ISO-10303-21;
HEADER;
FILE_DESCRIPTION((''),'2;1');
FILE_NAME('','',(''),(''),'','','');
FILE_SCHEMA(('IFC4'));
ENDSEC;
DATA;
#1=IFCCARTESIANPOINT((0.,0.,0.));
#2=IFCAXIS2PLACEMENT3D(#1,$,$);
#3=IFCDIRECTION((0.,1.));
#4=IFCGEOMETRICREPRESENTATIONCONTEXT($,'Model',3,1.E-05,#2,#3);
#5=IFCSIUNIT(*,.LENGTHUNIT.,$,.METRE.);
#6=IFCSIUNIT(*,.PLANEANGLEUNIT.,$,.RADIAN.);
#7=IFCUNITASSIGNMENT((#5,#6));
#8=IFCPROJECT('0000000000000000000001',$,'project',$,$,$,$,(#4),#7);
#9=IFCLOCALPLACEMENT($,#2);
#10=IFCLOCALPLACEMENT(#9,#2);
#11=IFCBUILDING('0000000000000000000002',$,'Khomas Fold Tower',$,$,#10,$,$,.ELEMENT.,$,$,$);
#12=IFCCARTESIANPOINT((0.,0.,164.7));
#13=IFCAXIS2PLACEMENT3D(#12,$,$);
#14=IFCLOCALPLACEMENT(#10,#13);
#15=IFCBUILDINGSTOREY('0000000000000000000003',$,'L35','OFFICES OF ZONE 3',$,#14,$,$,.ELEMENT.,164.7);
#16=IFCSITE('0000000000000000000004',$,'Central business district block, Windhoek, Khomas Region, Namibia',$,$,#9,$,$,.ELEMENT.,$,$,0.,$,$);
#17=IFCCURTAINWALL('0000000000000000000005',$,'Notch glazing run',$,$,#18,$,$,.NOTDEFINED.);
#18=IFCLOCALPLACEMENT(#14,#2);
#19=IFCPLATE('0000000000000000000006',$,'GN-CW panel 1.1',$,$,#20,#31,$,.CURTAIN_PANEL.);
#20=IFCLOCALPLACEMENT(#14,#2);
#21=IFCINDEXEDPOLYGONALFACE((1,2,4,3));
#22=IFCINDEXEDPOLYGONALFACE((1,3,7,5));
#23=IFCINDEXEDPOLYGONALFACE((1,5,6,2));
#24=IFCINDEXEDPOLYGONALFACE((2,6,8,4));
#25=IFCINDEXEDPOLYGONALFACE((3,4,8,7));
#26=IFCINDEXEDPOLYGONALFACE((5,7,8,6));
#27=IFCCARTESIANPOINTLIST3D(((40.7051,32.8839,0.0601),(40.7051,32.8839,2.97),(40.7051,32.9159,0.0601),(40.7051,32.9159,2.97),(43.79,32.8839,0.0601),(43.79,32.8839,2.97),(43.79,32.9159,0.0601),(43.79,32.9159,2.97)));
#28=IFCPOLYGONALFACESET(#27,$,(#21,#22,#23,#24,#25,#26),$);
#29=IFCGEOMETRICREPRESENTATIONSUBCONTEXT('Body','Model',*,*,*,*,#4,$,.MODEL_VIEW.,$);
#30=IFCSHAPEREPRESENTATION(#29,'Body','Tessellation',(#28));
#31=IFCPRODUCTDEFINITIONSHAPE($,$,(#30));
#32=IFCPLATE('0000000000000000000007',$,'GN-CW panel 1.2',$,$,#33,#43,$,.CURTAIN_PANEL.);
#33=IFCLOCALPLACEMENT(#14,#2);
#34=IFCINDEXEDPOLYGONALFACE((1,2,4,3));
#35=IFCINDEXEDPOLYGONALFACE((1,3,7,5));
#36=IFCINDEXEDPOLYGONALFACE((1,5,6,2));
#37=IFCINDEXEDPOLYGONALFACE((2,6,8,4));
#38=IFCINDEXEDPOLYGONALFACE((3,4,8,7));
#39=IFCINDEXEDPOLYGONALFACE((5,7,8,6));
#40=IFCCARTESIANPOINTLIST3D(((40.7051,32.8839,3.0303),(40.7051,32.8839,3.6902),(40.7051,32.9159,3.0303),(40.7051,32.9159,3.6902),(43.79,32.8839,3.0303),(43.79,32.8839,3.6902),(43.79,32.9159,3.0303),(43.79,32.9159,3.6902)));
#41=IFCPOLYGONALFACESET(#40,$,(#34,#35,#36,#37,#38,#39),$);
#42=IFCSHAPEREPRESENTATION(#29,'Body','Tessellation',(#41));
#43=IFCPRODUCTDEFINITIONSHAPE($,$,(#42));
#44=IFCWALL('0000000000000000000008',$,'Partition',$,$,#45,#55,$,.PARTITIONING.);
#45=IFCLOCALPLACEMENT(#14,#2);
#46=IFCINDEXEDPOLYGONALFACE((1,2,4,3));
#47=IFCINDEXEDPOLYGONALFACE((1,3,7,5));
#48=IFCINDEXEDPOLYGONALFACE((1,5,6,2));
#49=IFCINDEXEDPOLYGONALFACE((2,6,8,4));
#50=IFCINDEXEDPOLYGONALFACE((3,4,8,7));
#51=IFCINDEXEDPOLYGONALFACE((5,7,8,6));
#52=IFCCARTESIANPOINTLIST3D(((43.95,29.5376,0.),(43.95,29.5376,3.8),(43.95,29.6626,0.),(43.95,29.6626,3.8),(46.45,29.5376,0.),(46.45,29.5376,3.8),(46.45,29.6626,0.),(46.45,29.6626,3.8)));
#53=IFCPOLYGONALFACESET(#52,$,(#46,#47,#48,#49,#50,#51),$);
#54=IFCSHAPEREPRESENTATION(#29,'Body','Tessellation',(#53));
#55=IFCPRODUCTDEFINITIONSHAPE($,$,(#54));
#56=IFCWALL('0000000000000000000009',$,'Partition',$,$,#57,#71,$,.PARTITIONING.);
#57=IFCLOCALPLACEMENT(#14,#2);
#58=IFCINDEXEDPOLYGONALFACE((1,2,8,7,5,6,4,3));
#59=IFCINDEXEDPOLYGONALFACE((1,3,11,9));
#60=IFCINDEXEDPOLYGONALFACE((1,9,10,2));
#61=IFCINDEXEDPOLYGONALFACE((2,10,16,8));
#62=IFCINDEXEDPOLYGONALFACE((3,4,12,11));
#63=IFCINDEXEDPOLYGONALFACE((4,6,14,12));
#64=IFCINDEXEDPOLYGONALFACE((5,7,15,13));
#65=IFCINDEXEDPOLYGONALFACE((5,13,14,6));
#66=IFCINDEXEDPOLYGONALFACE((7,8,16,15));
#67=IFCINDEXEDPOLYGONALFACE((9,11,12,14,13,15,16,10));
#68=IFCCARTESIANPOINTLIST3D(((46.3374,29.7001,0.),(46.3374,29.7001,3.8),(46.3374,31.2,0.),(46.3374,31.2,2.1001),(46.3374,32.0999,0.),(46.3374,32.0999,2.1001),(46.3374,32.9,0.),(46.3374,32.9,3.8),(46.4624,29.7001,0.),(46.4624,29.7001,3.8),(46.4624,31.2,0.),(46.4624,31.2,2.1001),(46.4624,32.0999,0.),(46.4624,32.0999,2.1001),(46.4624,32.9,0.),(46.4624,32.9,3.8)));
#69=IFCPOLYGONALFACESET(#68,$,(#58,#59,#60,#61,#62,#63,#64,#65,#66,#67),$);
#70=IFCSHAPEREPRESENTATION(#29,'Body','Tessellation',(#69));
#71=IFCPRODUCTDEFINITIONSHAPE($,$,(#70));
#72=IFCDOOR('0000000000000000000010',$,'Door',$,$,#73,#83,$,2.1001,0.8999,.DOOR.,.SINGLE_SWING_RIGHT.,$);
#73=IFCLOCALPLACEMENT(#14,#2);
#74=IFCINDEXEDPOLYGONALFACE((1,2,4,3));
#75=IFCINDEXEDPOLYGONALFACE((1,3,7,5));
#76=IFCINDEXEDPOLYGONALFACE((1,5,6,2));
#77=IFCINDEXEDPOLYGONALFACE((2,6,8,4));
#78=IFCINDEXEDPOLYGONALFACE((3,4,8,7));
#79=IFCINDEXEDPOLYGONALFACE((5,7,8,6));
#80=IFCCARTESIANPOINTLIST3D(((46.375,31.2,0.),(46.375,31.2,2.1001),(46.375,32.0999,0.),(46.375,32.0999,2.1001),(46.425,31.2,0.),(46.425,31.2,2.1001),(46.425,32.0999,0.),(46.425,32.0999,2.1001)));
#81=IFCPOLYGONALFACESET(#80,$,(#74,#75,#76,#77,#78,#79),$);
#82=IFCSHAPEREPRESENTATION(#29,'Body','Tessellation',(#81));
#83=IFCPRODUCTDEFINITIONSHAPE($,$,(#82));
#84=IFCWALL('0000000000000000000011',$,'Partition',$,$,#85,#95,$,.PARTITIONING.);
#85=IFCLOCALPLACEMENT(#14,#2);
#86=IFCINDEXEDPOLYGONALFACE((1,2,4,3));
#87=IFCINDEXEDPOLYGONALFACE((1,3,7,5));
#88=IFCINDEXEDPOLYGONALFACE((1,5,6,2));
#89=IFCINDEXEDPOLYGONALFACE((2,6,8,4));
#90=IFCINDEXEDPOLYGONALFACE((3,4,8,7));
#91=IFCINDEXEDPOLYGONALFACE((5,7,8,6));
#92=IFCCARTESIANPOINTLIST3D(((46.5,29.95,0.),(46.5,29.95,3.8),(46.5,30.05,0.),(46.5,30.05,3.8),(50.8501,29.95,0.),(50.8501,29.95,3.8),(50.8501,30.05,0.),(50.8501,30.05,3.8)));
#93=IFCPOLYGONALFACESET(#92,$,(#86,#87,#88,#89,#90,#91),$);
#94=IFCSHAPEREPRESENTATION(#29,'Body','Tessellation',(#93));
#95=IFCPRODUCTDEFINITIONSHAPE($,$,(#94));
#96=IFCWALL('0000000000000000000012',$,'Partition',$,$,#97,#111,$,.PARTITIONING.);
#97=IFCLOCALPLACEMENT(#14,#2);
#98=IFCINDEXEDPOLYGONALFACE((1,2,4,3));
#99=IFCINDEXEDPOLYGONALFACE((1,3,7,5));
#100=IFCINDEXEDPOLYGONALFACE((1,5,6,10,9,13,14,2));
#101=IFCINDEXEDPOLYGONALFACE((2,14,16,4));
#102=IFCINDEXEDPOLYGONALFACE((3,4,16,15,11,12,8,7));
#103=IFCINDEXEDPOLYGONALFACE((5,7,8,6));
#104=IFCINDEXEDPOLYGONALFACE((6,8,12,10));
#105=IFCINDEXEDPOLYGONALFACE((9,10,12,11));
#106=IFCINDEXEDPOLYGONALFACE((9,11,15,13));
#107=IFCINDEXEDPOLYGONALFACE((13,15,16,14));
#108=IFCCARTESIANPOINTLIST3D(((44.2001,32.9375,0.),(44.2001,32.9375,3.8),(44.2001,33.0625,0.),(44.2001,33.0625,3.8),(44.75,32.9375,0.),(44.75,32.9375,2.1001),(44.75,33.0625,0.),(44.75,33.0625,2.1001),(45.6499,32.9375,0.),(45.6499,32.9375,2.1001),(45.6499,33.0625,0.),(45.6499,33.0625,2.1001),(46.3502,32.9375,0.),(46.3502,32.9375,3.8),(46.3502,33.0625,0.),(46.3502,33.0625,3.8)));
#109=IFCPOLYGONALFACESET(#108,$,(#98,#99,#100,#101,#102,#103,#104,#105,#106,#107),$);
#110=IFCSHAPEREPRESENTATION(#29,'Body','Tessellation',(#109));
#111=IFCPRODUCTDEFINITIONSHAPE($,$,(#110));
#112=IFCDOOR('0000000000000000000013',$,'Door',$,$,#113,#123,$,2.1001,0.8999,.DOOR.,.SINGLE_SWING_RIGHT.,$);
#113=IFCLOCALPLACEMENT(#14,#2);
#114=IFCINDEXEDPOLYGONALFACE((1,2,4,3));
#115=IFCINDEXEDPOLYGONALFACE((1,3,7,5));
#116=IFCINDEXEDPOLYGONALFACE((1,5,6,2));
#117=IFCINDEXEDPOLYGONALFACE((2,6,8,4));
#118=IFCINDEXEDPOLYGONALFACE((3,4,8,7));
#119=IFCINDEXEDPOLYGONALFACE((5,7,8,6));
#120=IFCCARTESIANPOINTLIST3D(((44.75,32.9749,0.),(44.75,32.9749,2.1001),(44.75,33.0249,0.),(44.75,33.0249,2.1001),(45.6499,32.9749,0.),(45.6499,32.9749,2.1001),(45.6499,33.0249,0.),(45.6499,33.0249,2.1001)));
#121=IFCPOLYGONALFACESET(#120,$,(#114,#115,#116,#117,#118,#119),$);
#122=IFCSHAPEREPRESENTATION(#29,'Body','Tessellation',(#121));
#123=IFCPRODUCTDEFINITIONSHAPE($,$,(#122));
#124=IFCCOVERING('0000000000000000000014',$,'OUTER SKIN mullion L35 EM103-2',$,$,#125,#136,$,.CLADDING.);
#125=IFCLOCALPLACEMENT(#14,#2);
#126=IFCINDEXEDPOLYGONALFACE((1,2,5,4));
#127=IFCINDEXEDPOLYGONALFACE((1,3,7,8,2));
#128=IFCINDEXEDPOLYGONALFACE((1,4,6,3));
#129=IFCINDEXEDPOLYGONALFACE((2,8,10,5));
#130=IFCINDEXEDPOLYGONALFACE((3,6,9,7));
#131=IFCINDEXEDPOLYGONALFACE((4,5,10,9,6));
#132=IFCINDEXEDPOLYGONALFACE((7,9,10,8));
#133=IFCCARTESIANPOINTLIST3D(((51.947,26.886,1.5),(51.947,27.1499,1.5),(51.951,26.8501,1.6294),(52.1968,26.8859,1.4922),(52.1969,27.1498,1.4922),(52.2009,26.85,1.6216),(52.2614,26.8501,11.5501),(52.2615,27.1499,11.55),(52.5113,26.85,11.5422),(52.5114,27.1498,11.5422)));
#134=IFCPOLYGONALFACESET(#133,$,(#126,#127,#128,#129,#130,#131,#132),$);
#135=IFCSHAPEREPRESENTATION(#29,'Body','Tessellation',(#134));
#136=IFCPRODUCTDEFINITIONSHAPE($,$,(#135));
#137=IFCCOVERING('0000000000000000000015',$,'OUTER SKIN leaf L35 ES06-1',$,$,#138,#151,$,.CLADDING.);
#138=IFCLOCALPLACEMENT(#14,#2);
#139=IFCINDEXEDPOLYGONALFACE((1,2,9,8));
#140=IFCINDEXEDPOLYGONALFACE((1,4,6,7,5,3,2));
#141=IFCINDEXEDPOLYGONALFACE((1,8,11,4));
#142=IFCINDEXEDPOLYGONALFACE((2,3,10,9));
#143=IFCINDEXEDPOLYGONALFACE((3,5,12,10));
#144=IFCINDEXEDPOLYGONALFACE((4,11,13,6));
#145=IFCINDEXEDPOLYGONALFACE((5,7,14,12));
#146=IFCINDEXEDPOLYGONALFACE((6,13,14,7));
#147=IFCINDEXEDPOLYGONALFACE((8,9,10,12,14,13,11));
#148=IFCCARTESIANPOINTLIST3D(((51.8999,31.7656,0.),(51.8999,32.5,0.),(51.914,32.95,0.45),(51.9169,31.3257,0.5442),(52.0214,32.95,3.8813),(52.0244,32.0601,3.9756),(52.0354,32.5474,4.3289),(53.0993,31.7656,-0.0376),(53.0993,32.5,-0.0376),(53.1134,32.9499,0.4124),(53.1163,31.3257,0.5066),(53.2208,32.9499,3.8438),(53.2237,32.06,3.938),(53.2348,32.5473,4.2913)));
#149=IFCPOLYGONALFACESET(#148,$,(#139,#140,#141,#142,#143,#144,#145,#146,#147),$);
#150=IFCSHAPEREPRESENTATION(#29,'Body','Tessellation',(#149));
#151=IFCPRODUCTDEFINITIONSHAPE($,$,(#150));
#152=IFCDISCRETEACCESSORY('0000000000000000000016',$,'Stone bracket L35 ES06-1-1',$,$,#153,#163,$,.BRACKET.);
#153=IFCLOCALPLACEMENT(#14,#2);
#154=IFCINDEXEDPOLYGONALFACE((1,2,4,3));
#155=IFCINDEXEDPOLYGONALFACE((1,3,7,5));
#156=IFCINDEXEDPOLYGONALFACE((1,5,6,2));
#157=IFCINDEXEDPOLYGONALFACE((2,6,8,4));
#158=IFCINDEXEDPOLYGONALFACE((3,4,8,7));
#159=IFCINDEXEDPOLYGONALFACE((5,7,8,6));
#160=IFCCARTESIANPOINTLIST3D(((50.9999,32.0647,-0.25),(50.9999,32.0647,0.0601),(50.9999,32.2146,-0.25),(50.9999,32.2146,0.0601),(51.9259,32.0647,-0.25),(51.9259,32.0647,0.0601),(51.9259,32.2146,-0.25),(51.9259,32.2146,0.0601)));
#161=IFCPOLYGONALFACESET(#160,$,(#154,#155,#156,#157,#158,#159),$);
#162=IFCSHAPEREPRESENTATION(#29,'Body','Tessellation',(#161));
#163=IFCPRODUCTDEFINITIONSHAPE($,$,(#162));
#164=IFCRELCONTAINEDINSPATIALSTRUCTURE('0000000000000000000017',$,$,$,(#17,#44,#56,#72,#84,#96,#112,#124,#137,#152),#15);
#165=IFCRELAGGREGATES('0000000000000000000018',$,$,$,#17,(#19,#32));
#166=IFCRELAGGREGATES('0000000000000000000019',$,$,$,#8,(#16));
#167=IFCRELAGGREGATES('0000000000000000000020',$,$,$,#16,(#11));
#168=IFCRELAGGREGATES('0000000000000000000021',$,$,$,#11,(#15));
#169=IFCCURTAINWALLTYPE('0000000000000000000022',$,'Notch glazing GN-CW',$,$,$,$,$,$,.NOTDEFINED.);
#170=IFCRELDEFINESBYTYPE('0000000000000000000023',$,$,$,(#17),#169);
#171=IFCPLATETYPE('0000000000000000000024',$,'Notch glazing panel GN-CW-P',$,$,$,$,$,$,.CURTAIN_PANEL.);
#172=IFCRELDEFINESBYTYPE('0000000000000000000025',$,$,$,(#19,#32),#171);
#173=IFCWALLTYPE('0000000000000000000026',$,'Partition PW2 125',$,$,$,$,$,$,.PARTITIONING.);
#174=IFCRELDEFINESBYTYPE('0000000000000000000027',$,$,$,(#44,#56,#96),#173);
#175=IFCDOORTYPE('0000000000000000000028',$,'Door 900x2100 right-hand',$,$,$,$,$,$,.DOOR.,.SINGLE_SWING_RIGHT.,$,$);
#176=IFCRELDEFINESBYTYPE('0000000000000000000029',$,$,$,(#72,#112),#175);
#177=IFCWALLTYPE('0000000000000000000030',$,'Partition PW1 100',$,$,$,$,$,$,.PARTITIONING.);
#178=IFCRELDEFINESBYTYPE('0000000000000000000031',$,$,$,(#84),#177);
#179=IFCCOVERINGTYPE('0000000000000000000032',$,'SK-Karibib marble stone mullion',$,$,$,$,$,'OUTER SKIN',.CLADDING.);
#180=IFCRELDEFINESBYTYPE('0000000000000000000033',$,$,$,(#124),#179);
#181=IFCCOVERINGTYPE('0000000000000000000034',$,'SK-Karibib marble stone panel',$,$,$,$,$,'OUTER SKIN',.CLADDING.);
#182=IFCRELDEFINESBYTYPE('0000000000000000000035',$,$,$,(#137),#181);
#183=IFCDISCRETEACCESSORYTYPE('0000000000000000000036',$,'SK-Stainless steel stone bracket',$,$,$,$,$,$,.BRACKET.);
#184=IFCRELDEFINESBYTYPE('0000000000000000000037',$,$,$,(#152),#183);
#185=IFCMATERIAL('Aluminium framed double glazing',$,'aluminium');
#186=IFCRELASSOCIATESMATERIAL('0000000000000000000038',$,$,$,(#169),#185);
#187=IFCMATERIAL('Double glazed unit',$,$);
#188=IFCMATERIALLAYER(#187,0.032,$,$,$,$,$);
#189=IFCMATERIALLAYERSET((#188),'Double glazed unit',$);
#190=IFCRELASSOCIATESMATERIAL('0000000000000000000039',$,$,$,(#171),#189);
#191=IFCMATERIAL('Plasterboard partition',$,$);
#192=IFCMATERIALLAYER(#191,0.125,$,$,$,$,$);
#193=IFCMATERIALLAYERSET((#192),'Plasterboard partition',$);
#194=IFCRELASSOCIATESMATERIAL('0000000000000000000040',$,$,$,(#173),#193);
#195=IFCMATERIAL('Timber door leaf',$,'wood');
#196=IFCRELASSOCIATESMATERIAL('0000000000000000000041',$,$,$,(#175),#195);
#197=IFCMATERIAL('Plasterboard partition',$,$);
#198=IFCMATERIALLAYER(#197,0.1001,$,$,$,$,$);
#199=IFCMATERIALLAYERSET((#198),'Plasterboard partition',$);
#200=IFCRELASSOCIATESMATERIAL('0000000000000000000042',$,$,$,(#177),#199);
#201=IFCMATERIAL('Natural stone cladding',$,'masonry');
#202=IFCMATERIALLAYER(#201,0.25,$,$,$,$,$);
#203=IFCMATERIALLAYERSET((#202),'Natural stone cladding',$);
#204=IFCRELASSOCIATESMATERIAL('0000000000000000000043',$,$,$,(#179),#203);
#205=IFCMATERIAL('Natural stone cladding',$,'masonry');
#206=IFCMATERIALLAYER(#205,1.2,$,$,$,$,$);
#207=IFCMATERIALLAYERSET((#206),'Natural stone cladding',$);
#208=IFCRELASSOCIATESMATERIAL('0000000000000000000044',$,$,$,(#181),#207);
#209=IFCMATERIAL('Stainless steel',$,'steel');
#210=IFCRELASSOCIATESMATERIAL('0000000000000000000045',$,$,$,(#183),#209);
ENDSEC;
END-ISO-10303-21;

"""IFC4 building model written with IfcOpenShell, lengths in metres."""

from ifc_helpers import new_model, si_unit, direction, frame, frame_2d, origin, origin_2d, place, context, subcontext, project, spatial, polyline, rectangle, outline, extrude, source, transform, mapped, material, layer, layer_set, type_object, element, fill, aggregate, save


model = new_model("IFC4")

# Units and contexts
model_context = context("Model", 3, precision=1e-05, world=origin(), true_north=direction((0.0, 1.0)))
body_context = subcontext(model_context, "Body", "Model", "MODEL_VIEW")
ifc_project = project(units=[si_unit("LENGTHUNIT", "METRE"), si_unit("PLANEANGLEUNIT", "RADIAN")], contexts=[model_context])

# Site, building, storey
site_placement = place(None, origin())
site = spatial("IfcSite", under=ifc_project, at=site_placement, Name="Central business district block, Windhoek, Khomas Region, Namibia", CompositionType="ELEMENT", RefElevation=0.0)
building_placement = place(site_placement, origin())
building = spatial("IfcBuilding", under=site, at=building_placement, Name="Khomas Fold Tower", CompositionType="ELEMENT")
storey_placement = place(building_placement, frame((0.0, 0.0, 164.7)))
storey = spatial("IfcBuildingStorey", under=building, at=storey_placement, Name="L35", Description="OFFICES OF ZONE 3", CompositionType="ELEMENT", Elevation=164.7)

# Curtain wall
ifc_material_1 = material(Name="Aluminium framed double glazing", Category="aluminium")
curtain_wall_type_1 = type_object("IfcCurtainWallType", Name="Notch glazing GN-CW", PredefinedType="NOTDEFINED", material=ifc_material_1)
curtain_wall_1_placement = place(storey_placement, origin())
curtain_wall_1 = element("IfcCurtainWall", 1, at=curtain_wall_1_placement, inside=storey, type_object=curtain_wall_type_1, Name="Notch glazing run", PredefinedType="NOTDEFINED")

# Plates
ifc_material_2 = material(Name="Double glazed unit")
ifc_layer_1 = layer(ifc_material_2, 0.032)
ifc_layer_set_1 = layer_set([ifc_layer_1], Name="Double glazed unit")
plate_type_1 = type_object("IfcPlateType", Name="Notch glazing panel GN-CW-P", PredefinedType="CURTAIN_PANEL", material=ifc_layer_set_1)
shared_shape_1 = source(origin(), body_context, "Body", "SweptSolid", [
    extrude(rectangle(XDim=3.085, YDim=0.032, at=origin_2d()), origin(), (0.0, 0.0, 1.0), 2.9099),
])
plate_1_placement = place(storey_placement, frame((42.2476, 32.8999, 0.0601), z_axis=(0.0, 0.0, 1.0), x_axis=(-1.0, 0.0, 0.0)))
plate_1 = element("IfcPlate", 2, at=plate_1_placement, type_object=plate_type_1, Name="GN-CW panel 1.1", PredefinedType="CURTAIN_PANEL", context=body_context, shape_type="MappedRepresentation", body=[
    mapped(shared_shape_1, transform((0.0, 0.0, 0.0))),
])
shared_shape_2 = source(origin(), body_context, "Body", "SweptSolid", [
    extrude(rectangle(XDim=3.085, YDim=0.032, at=origin_2d()), origin(), (0.0, 0.0, 1.0), 0.6599),
])
plate_2_placement = place(storey_placement, frame((42.2476, 32.8999, 3.0303), z_axis=(0.0, 0.0, 1.0), x_axis=(-1.0, 0.0, 0.0)))
plate_2 = element("IfcPlate", 3, at=plate_2_placement, type_object=plate_type_1, Name="GN-CW panel 1.2", PredefinedType="CURTAIN_PANEL", context=body_context, shape_type="MappedRepresentation", body=[
    mapped(shared_shape_2, transform((0.0, 0.0, 0.0))),
])
aggregate(curtain_wall_1, [plate_1, plate_2])

# Wall
ifc_material_3 = material(Name="Plasterboard partition")
ifc_layer_2 = layer(ifc_material_3, 0.125)
ifc_layer_set_2 = layer_set([ifc_layer_2], Name="Plasterboard partition")
wall_type_1 = type_object("IfcWallType", Name="Partition PW2 125", PredefinedType="PARTITIONING", material=ifc_layer_set_2)
shared_shape_3 = source(origin(), body_context, "Body", "SweptSolid", [
    extrude(rectangle(XDim=2.5, YDim=0.125, at=frame_2d((1.25, 0.0))), origin(), (0.0, 0.0, 1.0), 3.8),
])
wall_1_placement = place(storey_placement, frame((43.95, 29.6001, 0.0), z_axis=(0.0, 0.0, 1.0), x_axis=(1.0, 0.0, 0.0)))
element("IfcWall", 4, at=wall_1_placement, inside=storey, type_object=wall_type_1, Name="Partition", PredefinedType="PARTITIONING", context=body_context, shape_type="MappedRepresentation", body=[
    mapped(shared_shape_3, transform((0.0, 0.0, 0.0))),
])

# Wall, opening, door
shared_shape_4 = source(origin(), body_context, "Body", "SweptSolid", [
    extrude(rectangle(XDim=3.2, YDim=0.125, at=frame_2d((1.6001, 0.0))), origin(), (0.0, 0.0, 1.0), 3.8),
])
wall_2_placement = place(storey_placement, frame((46.3999, 29.7, 0.0), z_axis=(0.0, 0.0, 1.0), x_axis=(0.0, 1.0, 0.0)))
wall_2 = element("IfcWall", 5, at=wall_2_placement, inside=storey, type_object=wall_type_1, Name="Partition", PredefinedType="PARTITIONING", context=body_context, shape_type="MappedRepresentation", body=[
    mapped(shared_shape_4, transform((0.0, 0.0, 0.0))),
])
shared_shape_5 = source(origin(), body_context, "Body", "SweptSolid", [
    extrude(rectangle(XDim=0.8999, YDim=2.1001, at=frame_2d((0.45, 1.05))), frame((0.0, 0.0725, 0.0), z_axis=(0.0, -1.0, 0.0), x_axis=(1.0, 0.0, 0.0)), (0.0, 0.0, 1.0), 0.145),
])
opening_1_placement = place(wall_2_placement, frame((1.5, 0.0, 0.0)))
opening_1 = element("IfcOpeningElement", 6, at=opening_1_placement, cuts=wall_2, PredefinedType="OPENING", context=body_context, shape_type="MappedRepresentation", body=[
    mapped(shared_shape_5, transform((0.0, 0.0, 0.0))),
])
ifc_material_4 = material(Name="Timber door leaf", Category="wood")
door_type = type_object("IfcDoorType", Name="Door 900x2100 right-hand", OperationType="SINGLE_SWING_RIGHT", PredefinedType="DOOR", material=ifc_material_4)
shared_shape_6 = source(origin(), body_context, "Body", "SweptSolid", [
    extrude(rectangle(XDim=0.8999, YDim=2.1001, at=frame_2d((0.45, 1.05))), frame((0.0, 0.0249, 0.0), z_axis=(0.0, -1.0, 0.0), x_axis=(1.0, 0.0, 0.0)), (0.0, 0.0, 1.0), 0.05),
])
door_1_placement = place(opening_1_placement, origin())
door_1 = element("IfcDoor", 7, at=door_1_placement, inside=storey, type_object=door_type, Name="Door", OperationType="SINGLE_SWING_RIGHT", OverallHeight=2.1001, OverallWidth=0.8999, PredefinedType="DOOR", context=body_context, shape_type="MappedRepresentation", body=[
    mapped(shared_shape_6, transform((0.0, 0.0, 0.0))),
])
fill(opening_1, door_1)

# Wall
ifc_material_5 = material(Name="Plasterboard partition")
ifc_layer_3 = layer(ifc_material_5, 0.1001)
ifc_layer_set_3 = layer_set([ifc_layer_3], Name="Plasterboard partition")
wall_type_2 = type_object("IfcWallType", Name="Partition PW1 100", PredefinedType="PARTITIONING", material=ifc_layer_set_3)
shared_shape_7 = source(origin(), body_context, "Body", "SweptSolid", [
    extrude(rectangle(XDim=4.3501, YDim=0.1001, at=frame_2d((2.175, 0.0))), origin(), (0.0, 0.0, 1.0), 3.8),
])
wall_3_placement = place(storey_placement, frame((46.5, 30.0, 0.0), z_axis=(0.0, 0.0, 1.0), x_axis=(1.0, 0.0, 0.0)))
element("IfcWall", 8, at=wall_3_placement, inside=storey, type_object=wall_type_2, Name="Partition", PredefinedType="PARTITIONING", context=body_context, shape_type="MappedRepresentation", body=[
    mapped(shared_shape_7, transform((0.0, 0.0, 0.0))),
])

# Wall, opening, door
shared_shape_8 = source(origin(), body_context, "Body", "SweptSolid", [
    extrude(rectangle(XDim=2.1501, YDim=0.125, at=frame_2d((1.0752, 0.0))), origin(), (0.0, 0.0, 1.0), 3.8),
])
wall_4_placement = place(storey_placement, frame((44.2, 33.0, 0.0), z_axis=(0.0, 0.0, 1.0), x_axis=(1.0, 0.0, 0.0)))
wall_4 = element("IfcWall", 9, at=wall_4_placement, inside=storey, type_object=wall_type_1, Name="Partition", PredefinedType="PARTITIONING", context=body_context, shape_type="MappedRepresentation", body=[
    mapped(shared_shape_8, transform((0.0, 0.0, 0.0))),
])
opening_2_placement = place(wall_4_placement, frame((0.55, 0.0, 0.0)))
opening_2 = element("IfcOpeningElement", 10, at=opening_2_placement, cuts=wall_4, PredefinedType="OPENING", context=body_context, shape_type="MappedRepresentation", body=[
    mapped(shared_shape_5, transform((0.0, 0.0, 0.0))),
])
door_2_placement = place(opening_2_placement, origin())
door_2 = element("IfcDoor", 11, at=door_2_placement, inside=storey, type_object=door_type, Name="Door", OperationType="SINGLE_SWING_RIGHT", OverallHeight=2.1001, OverallWidth=0.8999, PredefinedType="DOOR", context=body_context, shape_type="MappedRepresentation", body=[
    mapped(shared_shape_6, transform((0.0, 0.0, 0.0))),
])
fill(opening_2, door_2)

# Coverings
ifc_material_6 = material(Name="Natural stone cladding", Category="masonry")
ifc_layer_4 = layer(ifc_material_6, 0.25)
ifc_layer_set_4 = layer_set([ifc_layer_4], Name="Natural stone cladding")
covering_type_1 = type_object("IfcCoveringType", Name="SK-Karibib marble stone mullion", ElementType="OUTER SKIN", PredefinedType="CLADDING", material=ifc_layer_set_4)
covering_1_placement = place(storey_placement, frame((51.947, 27.1499, 1.5), z_axis=(-0.999511, 0.000237, 0.031274), x_axis=(-0.000237, -1.0, 0.000007)))
element("IfcCovering", 12, at=covering_1_placement, inside=storey, type_object=covering_type_1, Name="OUTER SKIN mullion L35 EM103-2", PredefinedType="CLADDING", context=body_context, shape_type="SweptSolid", body=[
    extrude(outline(polyline([(0.0, 0.0), (0.2639, 0.0), (0.2998, 0.1295), (0.2998, 10.055), (0.0, 10.055), (0.0, 0.0)])), origin(), (0.0, 0.0, -1.0), 0.25),
])
ifc_material_7 = material(Name="Natural stone cladding", Category="masonry")
ifc_layer_5 = layer(ifc_material_7, 1.2)
ifc_layer_set_5 = layer_set([ifc_layer_5], Name="Natural stone cladding")
covering_type_2 = type_object("IfcCoveringType", Name="SK-Karibib marble stone panel", ElementType="OUTER SKIN", PredefinedType="CLADDING", material=ifc_layer_set_5)
covering_2_placement = place(storey_placement, frame((51.8999, 32.5, 0.0), z_axis=(-0.99951, 0.000015, 0.031296), x_axis=(-0.000015, -1.0, 0.0)))
element("IfcCovering", 13, at=covering_2_placement, inside=storey, type_object=covering_type_2, Name="OUTER SKIN leaf L35 ES06-1", PredefinedType="CLADDING", context=body_context, shape_type="SweptSolid", body=[
    extrude(outline(polyline([(0.0, 0.0), (0.7344, 0.0), (1.1743, 0.5445), (0.4399, 3.9775), (-0.0474, 4.331), (-0.45, 3.8833), (-0.45, 0.4502), (0.0, 0.0)])), origin(), (0.0, 0.0, -1.0), 1.2),
])

# Discrete accessory
ifc_material_8 = material(Name="Stainless steel", Category="steel")
discrete_accessory_type = type_object("IfcDiscreteAccessoryType", Name="SK-Stainless steel stone bracket", PredefinedType="BRACKET", material=ifc_material_8)
shared_shape_9 = source(origin(), body_context, "Body", "SweptSolid", [
    extrude(rectangle(XDim=0.926, YDim=0.1499, at=origin_2d()), origin(), (0.0, 0.0, 1.0), 0.3101),
])
for number, where, z_axis, x_axis, name in (
    (14, (51.4629, 32.1396, -0.25), (0.0, 0.0, 1.0), (1.0, 0.0, 0.0), "Stone bracket L35 ES06-1-1"),
):
    element("IfcDiscreteAccessory", number, at=place(storey_placement, frame(where, z_axis=z_axis, x_axis=x_axis)), inside=storey, type_object=discrete_accessory_type, Name=name, PredefinedType="BRACKET", context=body_context, shape_type="MappedRepresentation", body=[
        mapped(shared_shape_9, transform((0.0, 0.0, 0.0))),
    ])

save(model, "model.ifc")
